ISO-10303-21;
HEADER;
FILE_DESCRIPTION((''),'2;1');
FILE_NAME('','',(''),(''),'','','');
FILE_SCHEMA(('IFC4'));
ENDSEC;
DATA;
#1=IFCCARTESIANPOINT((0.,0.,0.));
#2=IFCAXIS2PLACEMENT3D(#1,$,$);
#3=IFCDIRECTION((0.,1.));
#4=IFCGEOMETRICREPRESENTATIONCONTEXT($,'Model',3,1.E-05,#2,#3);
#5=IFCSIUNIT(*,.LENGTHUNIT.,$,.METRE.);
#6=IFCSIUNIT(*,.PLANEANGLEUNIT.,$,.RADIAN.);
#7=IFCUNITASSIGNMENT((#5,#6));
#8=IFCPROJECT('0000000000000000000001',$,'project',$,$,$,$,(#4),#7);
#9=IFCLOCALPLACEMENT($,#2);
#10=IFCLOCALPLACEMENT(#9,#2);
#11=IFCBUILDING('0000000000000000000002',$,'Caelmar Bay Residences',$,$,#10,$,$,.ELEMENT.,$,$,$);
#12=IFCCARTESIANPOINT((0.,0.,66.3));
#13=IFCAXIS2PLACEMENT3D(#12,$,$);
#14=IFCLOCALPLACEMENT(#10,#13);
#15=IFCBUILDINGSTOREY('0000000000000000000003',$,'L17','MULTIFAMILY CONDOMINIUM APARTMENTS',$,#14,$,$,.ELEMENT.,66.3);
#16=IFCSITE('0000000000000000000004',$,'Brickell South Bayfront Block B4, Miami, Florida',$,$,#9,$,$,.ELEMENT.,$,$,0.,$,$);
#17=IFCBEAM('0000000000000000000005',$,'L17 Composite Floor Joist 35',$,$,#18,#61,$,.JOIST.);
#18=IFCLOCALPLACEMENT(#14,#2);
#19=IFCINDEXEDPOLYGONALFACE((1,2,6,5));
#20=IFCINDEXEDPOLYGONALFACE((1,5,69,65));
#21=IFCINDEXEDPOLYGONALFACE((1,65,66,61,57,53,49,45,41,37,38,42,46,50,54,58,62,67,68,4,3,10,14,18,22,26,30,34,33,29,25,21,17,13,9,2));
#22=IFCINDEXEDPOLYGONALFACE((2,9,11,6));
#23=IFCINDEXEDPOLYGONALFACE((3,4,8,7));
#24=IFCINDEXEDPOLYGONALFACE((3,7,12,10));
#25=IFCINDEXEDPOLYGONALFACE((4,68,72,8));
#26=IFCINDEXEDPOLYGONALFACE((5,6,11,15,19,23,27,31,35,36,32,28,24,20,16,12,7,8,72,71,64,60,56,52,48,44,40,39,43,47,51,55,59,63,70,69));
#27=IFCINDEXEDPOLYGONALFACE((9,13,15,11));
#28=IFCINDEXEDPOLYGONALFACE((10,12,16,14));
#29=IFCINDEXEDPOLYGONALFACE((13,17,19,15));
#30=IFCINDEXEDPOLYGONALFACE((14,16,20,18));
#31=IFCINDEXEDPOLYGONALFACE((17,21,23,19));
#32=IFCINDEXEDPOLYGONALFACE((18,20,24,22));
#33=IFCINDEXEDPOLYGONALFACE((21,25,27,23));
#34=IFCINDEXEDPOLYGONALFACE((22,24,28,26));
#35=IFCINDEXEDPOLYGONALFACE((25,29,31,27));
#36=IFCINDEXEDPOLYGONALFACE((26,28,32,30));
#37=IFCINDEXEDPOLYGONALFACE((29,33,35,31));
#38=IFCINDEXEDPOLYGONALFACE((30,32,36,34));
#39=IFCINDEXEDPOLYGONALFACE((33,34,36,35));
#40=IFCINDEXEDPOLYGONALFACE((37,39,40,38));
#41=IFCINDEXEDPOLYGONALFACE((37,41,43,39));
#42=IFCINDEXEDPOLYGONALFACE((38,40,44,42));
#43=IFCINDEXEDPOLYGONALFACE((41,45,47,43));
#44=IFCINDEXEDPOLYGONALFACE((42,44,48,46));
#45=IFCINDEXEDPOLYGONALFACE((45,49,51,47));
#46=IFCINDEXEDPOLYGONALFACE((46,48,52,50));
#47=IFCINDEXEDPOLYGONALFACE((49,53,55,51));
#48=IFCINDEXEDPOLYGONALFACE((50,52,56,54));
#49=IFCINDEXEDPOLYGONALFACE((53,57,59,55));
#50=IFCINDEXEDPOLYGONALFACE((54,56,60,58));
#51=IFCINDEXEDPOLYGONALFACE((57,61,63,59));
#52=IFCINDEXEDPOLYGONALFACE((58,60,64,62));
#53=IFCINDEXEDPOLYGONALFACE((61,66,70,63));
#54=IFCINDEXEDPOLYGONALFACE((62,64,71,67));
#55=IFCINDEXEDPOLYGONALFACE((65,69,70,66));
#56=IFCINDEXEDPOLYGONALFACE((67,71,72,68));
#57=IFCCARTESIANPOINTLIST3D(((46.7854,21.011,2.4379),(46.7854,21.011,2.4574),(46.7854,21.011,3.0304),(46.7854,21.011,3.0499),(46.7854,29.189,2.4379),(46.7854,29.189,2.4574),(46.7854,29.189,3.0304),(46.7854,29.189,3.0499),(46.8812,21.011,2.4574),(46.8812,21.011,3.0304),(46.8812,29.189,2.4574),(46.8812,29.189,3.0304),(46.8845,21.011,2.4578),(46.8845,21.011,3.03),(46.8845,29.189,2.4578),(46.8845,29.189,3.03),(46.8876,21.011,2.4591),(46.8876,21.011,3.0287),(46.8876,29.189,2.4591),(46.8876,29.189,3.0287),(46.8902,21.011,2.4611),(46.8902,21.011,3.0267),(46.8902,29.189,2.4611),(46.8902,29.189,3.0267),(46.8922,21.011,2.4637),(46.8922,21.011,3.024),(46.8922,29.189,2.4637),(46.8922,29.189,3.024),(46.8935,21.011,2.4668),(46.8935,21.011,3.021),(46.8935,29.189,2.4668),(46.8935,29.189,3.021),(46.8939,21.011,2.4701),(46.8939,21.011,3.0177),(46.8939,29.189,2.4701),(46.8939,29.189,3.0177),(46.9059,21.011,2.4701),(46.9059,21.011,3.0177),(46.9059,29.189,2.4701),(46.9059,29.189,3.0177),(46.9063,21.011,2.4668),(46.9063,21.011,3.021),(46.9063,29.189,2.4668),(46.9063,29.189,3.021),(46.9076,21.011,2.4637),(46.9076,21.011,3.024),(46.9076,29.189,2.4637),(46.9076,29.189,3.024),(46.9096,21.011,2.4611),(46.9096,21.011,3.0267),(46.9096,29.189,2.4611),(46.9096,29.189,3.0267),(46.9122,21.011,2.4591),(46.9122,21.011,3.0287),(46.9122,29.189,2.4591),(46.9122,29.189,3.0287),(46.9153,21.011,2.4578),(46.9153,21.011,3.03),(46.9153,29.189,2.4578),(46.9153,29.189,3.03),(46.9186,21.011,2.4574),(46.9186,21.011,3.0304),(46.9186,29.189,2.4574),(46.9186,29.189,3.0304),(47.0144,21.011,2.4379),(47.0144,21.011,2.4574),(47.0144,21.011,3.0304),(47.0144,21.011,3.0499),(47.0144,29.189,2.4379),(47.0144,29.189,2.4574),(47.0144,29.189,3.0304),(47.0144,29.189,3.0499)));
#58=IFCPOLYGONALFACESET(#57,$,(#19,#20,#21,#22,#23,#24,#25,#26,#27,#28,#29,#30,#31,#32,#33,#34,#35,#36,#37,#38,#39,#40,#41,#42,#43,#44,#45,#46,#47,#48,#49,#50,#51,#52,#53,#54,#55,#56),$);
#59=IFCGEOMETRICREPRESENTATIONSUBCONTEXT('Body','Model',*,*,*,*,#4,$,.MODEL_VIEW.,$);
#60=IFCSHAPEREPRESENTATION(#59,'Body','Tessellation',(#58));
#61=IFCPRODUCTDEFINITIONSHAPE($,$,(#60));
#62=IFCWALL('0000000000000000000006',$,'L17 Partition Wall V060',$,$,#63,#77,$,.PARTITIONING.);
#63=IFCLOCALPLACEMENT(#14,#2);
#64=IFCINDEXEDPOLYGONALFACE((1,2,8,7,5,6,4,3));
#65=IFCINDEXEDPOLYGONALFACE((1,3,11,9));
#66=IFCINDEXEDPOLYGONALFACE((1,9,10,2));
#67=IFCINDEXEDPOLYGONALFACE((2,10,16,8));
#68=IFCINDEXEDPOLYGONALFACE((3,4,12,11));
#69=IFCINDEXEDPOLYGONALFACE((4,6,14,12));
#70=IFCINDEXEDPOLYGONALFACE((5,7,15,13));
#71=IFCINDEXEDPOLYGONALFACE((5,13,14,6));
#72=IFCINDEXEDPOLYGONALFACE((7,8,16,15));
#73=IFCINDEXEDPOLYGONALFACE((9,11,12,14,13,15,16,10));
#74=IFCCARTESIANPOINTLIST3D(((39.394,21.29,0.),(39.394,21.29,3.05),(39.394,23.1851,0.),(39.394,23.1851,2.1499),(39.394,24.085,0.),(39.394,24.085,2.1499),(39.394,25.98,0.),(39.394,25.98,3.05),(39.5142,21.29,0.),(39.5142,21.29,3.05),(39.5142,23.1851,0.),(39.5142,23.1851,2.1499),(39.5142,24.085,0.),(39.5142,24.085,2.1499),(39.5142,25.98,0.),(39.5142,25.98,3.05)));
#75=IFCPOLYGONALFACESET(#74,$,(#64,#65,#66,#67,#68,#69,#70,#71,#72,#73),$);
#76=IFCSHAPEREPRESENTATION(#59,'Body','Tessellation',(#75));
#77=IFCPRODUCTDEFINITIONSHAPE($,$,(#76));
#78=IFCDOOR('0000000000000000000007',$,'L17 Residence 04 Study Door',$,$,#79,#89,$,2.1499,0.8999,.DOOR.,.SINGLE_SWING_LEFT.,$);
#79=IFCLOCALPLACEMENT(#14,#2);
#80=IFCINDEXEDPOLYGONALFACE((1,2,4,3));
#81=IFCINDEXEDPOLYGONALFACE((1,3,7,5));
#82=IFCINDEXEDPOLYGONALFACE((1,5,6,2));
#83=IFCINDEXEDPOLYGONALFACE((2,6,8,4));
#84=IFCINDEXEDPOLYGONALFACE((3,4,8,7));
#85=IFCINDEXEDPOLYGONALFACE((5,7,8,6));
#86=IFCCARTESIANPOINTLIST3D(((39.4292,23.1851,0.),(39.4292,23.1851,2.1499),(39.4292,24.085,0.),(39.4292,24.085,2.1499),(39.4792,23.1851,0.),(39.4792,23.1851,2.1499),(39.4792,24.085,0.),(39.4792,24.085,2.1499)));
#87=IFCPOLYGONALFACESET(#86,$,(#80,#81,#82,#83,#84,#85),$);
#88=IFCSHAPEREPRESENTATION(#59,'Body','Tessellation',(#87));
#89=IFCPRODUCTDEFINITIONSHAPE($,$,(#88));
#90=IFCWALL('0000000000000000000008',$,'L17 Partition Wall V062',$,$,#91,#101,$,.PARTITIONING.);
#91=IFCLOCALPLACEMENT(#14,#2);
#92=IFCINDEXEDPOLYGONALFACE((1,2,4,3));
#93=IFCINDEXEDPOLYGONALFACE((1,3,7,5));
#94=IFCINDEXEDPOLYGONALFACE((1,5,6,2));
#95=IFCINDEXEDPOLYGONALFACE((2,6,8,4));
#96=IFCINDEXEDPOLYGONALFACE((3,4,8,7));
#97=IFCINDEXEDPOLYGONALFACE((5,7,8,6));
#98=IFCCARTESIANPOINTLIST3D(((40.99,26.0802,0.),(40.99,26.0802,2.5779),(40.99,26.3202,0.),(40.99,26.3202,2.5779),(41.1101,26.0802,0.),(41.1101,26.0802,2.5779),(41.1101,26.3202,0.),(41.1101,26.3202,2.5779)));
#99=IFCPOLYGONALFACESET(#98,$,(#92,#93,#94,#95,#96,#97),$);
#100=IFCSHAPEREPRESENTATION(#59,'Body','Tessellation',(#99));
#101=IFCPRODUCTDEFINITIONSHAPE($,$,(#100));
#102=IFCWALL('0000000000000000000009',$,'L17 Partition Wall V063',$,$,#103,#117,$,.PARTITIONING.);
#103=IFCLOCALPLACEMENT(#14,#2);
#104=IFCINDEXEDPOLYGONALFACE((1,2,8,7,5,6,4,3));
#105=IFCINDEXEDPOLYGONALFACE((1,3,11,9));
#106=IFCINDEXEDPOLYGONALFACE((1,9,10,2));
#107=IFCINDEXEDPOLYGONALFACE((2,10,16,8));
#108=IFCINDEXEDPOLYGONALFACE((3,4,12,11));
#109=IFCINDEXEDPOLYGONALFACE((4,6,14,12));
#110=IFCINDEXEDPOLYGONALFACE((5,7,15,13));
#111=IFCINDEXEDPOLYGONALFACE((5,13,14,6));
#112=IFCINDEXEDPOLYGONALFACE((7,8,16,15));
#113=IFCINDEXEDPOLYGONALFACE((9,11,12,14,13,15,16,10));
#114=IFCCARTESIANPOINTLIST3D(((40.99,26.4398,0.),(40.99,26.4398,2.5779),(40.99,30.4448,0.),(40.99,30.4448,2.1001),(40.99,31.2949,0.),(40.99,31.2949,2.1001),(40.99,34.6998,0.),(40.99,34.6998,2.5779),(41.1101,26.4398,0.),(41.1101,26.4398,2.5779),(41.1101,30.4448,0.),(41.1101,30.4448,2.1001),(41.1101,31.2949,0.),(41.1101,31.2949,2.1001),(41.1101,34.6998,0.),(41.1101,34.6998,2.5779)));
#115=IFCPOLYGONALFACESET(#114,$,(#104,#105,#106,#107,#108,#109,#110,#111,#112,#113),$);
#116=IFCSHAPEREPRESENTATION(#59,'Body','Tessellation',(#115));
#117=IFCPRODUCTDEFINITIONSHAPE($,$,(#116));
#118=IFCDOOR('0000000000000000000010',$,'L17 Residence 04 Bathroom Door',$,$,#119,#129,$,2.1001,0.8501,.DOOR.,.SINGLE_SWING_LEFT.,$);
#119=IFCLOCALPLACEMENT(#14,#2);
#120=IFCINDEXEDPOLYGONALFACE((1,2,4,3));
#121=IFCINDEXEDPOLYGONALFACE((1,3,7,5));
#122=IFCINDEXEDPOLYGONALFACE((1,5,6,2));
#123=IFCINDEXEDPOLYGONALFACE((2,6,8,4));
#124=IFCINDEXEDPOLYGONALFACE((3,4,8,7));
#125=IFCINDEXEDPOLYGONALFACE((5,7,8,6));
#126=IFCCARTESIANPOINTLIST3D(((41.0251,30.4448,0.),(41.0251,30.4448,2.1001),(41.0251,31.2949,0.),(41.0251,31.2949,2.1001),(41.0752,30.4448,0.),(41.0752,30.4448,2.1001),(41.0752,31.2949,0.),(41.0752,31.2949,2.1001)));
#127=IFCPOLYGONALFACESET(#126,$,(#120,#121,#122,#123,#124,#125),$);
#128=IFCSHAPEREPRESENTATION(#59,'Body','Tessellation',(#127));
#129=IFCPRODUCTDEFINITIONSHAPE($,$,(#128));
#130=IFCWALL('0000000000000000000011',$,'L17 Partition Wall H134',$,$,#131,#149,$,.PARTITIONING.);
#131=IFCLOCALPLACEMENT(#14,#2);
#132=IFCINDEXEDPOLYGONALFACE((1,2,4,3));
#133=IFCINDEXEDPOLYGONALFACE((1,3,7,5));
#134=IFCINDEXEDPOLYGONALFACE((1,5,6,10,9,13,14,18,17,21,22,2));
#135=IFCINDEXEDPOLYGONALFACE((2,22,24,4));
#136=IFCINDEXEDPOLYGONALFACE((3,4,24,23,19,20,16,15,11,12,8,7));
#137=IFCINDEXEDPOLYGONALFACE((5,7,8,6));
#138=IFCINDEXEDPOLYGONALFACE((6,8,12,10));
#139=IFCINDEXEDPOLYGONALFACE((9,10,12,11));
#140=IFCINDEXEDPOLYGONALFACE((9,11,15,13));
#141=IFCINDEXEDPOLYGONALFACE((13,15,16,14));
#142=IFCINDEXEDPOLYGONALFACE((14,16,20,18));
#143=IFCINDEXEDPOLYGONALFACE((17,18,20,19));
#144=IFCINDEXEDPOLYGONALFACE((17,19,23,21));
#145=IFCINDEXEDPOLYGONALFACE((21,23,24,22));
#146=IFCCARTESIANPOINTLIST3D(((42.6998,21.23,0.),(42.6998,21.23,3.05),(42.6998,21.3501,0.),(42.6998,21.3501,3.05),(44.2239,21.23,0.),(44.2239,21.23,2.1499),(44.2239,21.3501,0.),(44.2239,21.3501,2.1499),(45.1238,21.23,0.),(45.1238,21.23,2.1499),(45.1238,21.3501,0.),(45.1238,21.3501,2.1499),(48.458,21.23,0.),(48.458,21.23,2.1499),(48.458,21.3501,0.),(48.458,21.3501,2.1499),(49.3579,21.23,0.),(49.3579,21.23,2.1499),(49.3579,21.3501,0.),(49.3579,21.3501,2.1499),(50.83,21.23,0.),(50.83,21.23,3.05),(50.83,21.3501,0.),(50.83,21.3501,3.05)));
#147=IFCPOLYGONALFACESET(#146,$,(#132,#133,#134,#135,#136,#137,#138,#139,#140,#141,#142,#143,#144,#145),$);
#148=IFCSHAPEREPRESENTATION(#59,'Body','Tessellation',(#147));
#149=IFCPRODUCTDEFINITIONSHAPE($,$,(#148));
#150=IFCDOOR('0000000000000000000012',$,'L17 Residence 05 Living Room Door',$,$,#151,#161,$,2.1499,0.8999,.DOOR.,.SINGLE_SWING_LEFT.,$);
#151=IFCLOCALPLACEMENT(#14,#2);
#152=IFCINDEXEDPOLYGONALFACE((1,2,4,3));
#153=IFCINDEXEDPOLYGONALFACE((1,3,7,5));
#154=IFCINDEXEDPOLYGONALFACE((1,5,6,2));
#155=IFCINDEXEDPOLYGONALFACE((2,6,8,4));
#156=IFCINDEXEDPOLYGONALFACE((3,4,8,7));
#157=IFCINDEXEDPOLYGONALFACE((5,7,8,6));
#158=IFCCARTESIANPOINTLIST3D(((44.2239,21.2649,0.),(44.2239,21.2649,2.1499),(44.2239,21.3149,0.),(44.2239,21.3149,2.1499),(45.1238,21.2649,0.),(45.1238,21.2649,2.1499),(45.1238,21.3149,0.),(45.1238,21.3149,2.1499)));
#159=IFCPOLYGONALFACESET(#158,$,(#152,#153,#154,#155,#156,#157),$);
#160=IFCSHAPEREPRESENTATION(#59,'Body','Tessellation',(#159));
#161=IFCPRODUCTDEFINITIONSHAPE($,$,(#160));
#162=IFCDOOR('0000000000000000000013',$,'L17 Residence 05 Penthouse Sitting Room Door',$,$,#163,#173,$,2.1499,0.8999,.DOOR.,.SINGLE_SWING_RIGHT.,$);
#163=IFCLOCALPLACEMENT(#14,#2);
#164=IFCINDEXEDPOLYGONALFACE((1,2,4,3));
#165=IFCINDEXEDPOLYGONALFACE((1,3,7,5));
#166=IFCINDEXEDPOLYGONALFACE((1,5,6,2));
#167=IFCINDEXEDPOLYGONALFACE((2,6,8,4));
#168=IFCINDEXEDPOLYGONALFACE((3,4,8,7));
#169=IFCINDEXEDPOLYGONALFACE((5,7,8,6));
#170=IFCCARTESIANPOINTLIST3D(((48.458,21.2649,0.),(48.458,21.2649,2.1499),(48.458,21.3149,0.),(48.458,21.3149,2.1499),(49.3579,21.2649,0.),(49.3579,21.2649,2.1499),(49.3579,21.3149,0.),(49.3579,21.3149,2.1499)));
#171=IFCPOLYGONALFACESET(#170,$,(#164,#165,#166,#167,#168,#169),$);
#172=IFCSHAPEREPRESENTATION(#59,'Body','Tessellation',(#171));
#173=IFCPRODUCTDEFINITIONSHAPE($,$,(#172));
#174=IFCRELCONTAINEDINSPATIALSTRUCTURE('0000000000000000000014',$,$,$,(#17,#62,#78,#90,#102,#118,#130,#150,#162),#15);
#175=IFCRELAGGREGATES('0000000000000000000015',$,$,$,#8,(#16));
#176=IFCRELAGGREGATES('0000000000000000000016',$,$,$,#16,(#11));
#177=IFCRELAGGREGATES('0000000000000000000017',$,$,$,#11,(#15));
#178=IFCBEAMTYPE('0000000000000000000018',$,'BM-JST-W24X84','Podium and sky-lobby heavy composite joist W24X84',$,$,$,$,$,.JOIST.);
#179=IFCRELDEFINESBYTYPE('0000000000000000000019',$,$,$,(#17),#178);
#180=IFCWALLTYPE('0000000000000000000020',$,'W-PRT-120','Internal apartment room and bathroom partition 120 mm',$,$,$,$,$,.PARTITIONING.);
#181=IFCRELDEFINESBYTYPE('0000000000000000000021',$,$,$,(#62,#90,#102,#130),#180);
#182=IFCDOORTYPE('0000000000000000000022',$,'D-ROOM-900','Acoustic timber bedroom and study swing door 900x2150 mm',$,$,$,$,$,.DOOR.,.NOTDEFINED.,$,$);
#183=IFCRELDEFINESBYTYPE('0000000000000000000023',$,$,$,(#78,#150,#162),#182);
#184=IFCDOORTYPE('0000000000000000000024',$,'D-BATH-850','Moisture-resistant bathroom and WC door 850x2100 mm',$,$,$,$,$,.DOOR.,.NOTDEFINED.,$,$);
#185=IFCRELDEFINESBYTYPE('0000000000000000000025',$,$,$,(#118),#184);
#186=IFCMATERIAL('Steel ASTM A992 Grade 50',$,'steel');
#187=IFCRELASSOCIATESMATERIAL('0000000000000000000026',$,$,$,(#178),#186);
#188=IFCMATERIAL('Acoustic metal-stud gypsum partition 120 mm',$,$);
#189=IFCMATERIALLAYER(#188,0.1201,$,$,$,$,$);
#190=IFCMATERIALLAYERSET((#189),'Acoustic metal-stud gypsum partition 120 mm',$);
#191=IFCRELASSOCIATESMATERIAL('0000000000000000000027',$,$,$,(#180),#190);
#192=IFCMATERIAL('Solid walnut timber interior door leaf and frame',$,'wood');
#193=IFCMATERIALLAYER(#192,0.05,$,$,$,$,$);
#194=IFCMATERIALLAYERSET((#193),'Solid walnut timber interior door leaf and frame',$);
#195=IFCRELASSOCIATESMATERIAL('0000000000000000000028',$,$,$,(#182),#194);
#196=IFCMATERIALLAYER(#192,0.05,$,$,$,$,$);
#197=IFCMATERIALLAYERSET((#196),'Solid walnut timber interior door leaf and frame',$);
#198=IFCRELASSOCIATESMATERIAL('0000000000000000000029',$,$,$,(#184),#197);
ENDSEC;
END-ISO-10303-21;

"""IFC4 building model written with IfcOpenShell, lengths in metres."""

from ifc_helpers import new_model, si_unit, direction, frame, frame_2d, origin, origin_2d, place, context, subcontext, project, spatial, rectangle, i_section, extrude, material, layer, layer_set, material_profile, profile_set, type_object, element, fill, save


model = new_model("IFC4")

# Units and contexts
model_context = context("Model", 3, precision=1e-05, world=origin(), true_north=direction((0.0, 1.0)))
body_context = subcontext(model_context, "Body", "Model", "MODEL_VIEW")
ifc_project = project(units=[si_unit("LENGTHUNIT", "METRE"), si_unit("PLANEANGLEUNIT", "RADIAN")], contexts=[model_context])

# Site, building, storey
site_placement = place(None, origin())
site = spatial("IfcSite", under=ifc_project, at=site_placement, Name="Brickell South Bayfront Block B4, Miami, Florida", CompositionType="ELEMENT", RefElevation=0.0)
building_placement = place(site_placement, origin())
building = spatial("IfcBuilding", under=site, at=building_placement, Name="Caelmar Bay Residences", CompositionType="ELEMENT")
storey_placement = place(building_placement, frame((0.0, 0.0, 66.3)))
storey = spatial("IfcBuildingStorey", under=building, at=storey_placement, Name="L17", Description="MULTIFAMILY CONDOMINIUM APARTMENTS", CompositionType="ELEMENT", Elevation=66.3)

# Beam
ifc_material_1 = material(Name="Steel ASTM A992 Grade 50", Category="steel")
ifc_material_profile_1 = material_profile(ifc_material_1, i_section(OverallWidth=0.229, OverallDepth=0.6121, WebThickness=0.012, FlangeThickness=0.0195, FilletRadius=0.0127, at=origin_2d()), Name="W24X84")
ifc_profile_set_1 = profile_set([ifc_material_profile_1], Name="Steel ASTM A992 Grade 50")
beam_type_1 = type_object("IfcBeamType", Name="BM-JST-W24X84", Description="Podium and sky-lobby heavy composite joist W24X84", PredefinedType="JOIST", material=ifc_profile_set_1)
beam_1_placement = place(storey_placement, frame((46.8999, 21.011, 2.7439), z_axis=(0.0, 1.0, 0.0), x_axis=(-1.0, 0.0, 0.0)))
element("IfcBeam", 1, at=beam_1_placement, inside=storey, type_object=beam_type_1, Name="L17 Composite Floor Joist 35", PredefinedType="JOIST", context=body_context, shape_type="SweptSolid", body=[
    extrude(i_section(OverallWidth=0.229, OverallDepth=0.6121, WebThickness=0.012, FlangeThickness=0.0195, FilletRadius=0.0127, at=origin_2d()), origin(), (0.0, 0.0, 1.0), 8.178),
])

# Wall, opening, door
ifc_material_2 = material(Name="Acoustic metal-stud gypsum partition 120 mm")
ifc_layer_1 = layer(ifc_material_2, 0.1201)
ifc_layer_set_1 = layer_set([ifc_layer_1], Name="Acoustic metal-stud gypsum partition 120 mm")
wall_type_1 = type_object("IfcWallType", Name="W-PRT-120", Description="Internal apartment room and bathroom partition 120 mm", PredefinedType="PARTITIONING", material=ifc_layer_set_1)
wall_1_placement = place(storey_placement, frame((39.4541, 21.29, 0.0), z_axis=(0.0, 0.0, 1.0), x_axis=(0.0, 1.0, 0.0)))
wall_1 = element("IfcWall", 2, at=wall_1_placement, inside=storey, type_object=wall_type_1, Name="L17 Partition Wall V060", PredefinedType="PARTITIONING", context=body_context, shape_type="SweptSolid", body=[
    extrude(rectangle(XDim=4.6899, YDim=0.1201, at=frame_2d((2.345, 0.0))), origin(), (0.0, 0.0, 1.0), 3.05),
])
opening_1_placement = place(wall_1_placement, frame((1.895, 0.0, 0.0)))
opening_1 = element("IfcOpeningElement", 3, at=opening_1_placement, cuts=wall_1, PredefinedType="OPENING", context=body_context, shape_type="SweptSolid", body=[
    extrude(rectangle(XDim=0.8999, YDim=2.1499, at=frame_2d((0.45, 1.075))), frame((0.0, 0.0701, 0.0), z_axis=(0.0, -1.0, 0.0), x_axis=(1.0, 0.0, 0.0)), (0.0, 0.0, 1.0), 0.1401),
])
ifc_material_3 = material(Name="Solid walnut timber interior door leaf and frame", Category="wood")
ifc_layer_2 = layer(ifc_material_3, 0.05)
ifc_layer_set_2 = layer_set([ifc_layer_2], Name="Solid walnut timber interior door leaf and frame")
door_type_1 = type_object("IfcDoorType", Name="D-ROOM-900", Description="Acoustic timber bedroom and study swing door 900x2150 mm", OperationType="NOTDEFINED", PredefinedType="DOOR", material=ifc_layer_set_2)
door_1_placement = place(opening_1_placement, origin())
door_1 = element("IfcDoor", 4, at=door_1_placement, inside=storey, type_object=door_type_1, Name="L17 Residence 04 Study Door", OperationType="SINGLE_SWING_LEFT", OverallHeight=2.1499, OverallWidth=0.8999, PredefinedType="DOOR", context=body_context, shape_type="SweptSolid", body=[
    extrude(rectangle(XDim=0.8999, YDim=2.1499, at=frame_2d((0.45, 1.075))), frame((0.0, 0.0249, 0.0), z_axis=(0.0, -1.0, 0.0), x_axis=(1.0, 0.0, 0.0)), (0.0, 0.0, 1.0), 0.05),
])
fill(opening_1, door_1)

# Wall
wall_2_placement = place(storey_placement, frame((41.05, 26.0801, 0.0), z_axis=(0.0, 0.0, 1.0), x_axis=(0.0, 1.0, 0.0)))
element("IfcWall", 5, at=wall_2_placement, inside=storey, type_object=wall_type_1, Name="L17 Partition Wall V062", PredefinedType="PARTITIONING", context=body_context, shape_type="SweptSolid", body=[
    extrude(rectangle(XDim=0.24, YDim=0.1201, at=frame_2d((0.1201, 0.0))), origin(), (0.0, 0.0, 1.0), 2.5779),
])

# Wall, opening, door
wall_3_placement = place(storey_placement, frame((41.05, 26.4399, 0.0), z_axis=(0.0, 0.0, 1.0), x_axis=(0.0, 1.0, 0.0)))
wall_3 = element("IfcWall", 6, at=wall_3_placement, inside=storey, type_object=wall_type_1, Name="L17 Partition Wall V063", PredefinedType="PARTITIONING", context=body_context, shape_type="SweptSolid", body=[
    extrude(rectangle(XDim=8.26, YDim=0.1201, at=frame_2d((4.1299, 0.0))), origin(), (0.0, 0.0, 1.0), 2.5779),
])
opening_2_placement = place(wall_3_placement, frame((4.0049, 0.0, 0.0)))
opening_2 = element("IfcOpeningElement", 7, at=opening_2_placement, cuts=wall_3, PredefinedType="OPENING", context=body_context, shape_type="SweptSolid", body=[
    extrude(rectangle(XDim=0.8501, YDim=2.1001, at=frame_2d((0.425, 1.05))), frame((0.0, 0.0701, 0.0), z_axis=(0.0, -1.0, 0.0), x_axis=(1.0, 0.0, 0.0)), (0.0, 0.0, 1.0), 0.1401),
])
ifc_layer_3 = layer(ifc_material_3, 0.05)
ifc_layer_set_3 = layer_set([ifc_layer_3], Name="Solid walnut timber interior door leaf and frame")
door_type_2 = type_object("IfcDoorType", Name="D-BATH-850", Description="Moisture-resistant bathroom and WC door 850x2100 mm", OperationType="NOTDEFINED", PredefinedType="DOOR", material=ifc_layer_set_3)
door_2_placement = place(opening_2_placement, origin())
door_2 = element("IfcDoor", 8, at=door_2_placement, inside=storey, type_object=door_type_2, Name="L17 Residence 04 Bathroom Door", OperationType="SINGLE_SWING_LEFT", OverallHeight=2.1001, OverallWidth=0.8501, PredefinedType="DOOR", context=body_context, shape_type="SweptSolid", body=[
    extrude(rectangle(XDim=0.8501, YDim=2.1001, at=frame_2d((0.425, 1.05))), frame((0.0, 0.0249, 0.0), z_axis=(0.0, -1.0, 0.0), x_axis=(1.0, 0.0, 0.0)), (0.0, 0.0, 1.0), 0.05),
])
fill(opening_2, door_2)

# Wall, openings, doors
wall_4_placement = place(storey_placement, frame((42.7, 21.29, 0.0), z_axis=(0.0, 0.0, 1.0), x_axis=(1.0, 0.0, 0.0)))
wall_4 = element("IfcWall", 9, at=wall_4_placement, inside=storey, type_object=wall_type_1, Name="L17 Partition Wall H134", PredefinedType="PARTITIONING", context=body_context, shape_type="SweptSolid", body=[
    extrude(rectangle(XDim=8.1301, YDim=0.1201, at=frame_2d((4.0649, 0.0))), origin(), (0.0, 0.0, 1.0), 3.05),
])
opening_3_placement = place(wall_4_placement, frame((1.5239, 0.0, 0.0)))
opening_3 = element("IfcOpeningElement", 10, at=opening_3_placement, cuts=wall_4, PredefinedType="OPENING", context=body_context, shape_type="SweptSolid", body=[
    extrude(rectangle(XDim=0.8999, YDim=2.1499, at=frame_2d((0.45, 1.075))), frame((0.0, 0.0701, 0.0), z_axis=(0.0, -1.0, 0.0), x_axis=(1.0, 0.0, 0.0)), (0.0, 0.0, 1.0), 0.1401),
])
opening_4_placement = place(wall_4_placement, frame((5.7581, 0.0, 0.0)))
opening_4 = element("IfcOpeningElement", 11, at=opening_4_placement, cuts=wall_4, PredefinedType="OPENING", context=body_context, shape_type="SweptSolid", body=[
    extrude(rectangle(XDim=0.8999, YDim=2.1499, at=frame_2d((0.45, 1.075))), frame((0.0, 0.0701, 0.0), z_axis=(0.0, -1.0, 0.0), x_axis=(1.0, 0.0, 0.0)), (0.0, 0.0, 1.0), 0.1401),
])
door_3_placement = place(opening_3_placement, origin())
door_3 = element("IfcDoor", 12, at=door_3_placement, inside=storey, type_object=door_type_1, Name="L17 Residence 05 Living Room Door", OperationType="SINGLE_SWING_LEFT", OverallHeight=2.1499, OverallWidth=0.8999, PredefinedType="DOOR", context=body_context, shape_type="SweptSolid", body=[
    extrude(rectangle(XDim=0.8999, YDim=2.1499, at=frame_2d((0.45, 1.075))), frame((0.0, 0.0249, 0.0), z_axis=(0.0, -1.0, 0.0), x_axis=(1.0, 0.0, 0.0)), (0.0, 0.0, 1.0), 0.05),
])
fill(opening_3, door_3)
door_4_placement = place(opening_4_placement, origin())
door_4 = element("IfcDoor", 13, at=door_4_placement, inside=storey, type_object=door_type_1, Name="L17 Residence 05 Penthouse Sitting Room Door", OperationType="SINGLE_SWING_RIGHT", OverallHeight=2.1499, OverallWidth=0.8999, PredefinedType="DOOR", context=body_context, shape_type="SweptSolid", body=[
    extrude(rectangle(XDim=0.8999, YDim=2.1499, at=frame_2d((0.45, 1.075))), frame((0.0, 0.0249, 0.0), z_axis=(0.0, -1.0, 0.0), x_axis=(1.0, 0.0, 0.0)), (0.0, 0.0, 1.0), 0.05),
])
fill(opening_4, door_4)

save(model, "model.ifc")
